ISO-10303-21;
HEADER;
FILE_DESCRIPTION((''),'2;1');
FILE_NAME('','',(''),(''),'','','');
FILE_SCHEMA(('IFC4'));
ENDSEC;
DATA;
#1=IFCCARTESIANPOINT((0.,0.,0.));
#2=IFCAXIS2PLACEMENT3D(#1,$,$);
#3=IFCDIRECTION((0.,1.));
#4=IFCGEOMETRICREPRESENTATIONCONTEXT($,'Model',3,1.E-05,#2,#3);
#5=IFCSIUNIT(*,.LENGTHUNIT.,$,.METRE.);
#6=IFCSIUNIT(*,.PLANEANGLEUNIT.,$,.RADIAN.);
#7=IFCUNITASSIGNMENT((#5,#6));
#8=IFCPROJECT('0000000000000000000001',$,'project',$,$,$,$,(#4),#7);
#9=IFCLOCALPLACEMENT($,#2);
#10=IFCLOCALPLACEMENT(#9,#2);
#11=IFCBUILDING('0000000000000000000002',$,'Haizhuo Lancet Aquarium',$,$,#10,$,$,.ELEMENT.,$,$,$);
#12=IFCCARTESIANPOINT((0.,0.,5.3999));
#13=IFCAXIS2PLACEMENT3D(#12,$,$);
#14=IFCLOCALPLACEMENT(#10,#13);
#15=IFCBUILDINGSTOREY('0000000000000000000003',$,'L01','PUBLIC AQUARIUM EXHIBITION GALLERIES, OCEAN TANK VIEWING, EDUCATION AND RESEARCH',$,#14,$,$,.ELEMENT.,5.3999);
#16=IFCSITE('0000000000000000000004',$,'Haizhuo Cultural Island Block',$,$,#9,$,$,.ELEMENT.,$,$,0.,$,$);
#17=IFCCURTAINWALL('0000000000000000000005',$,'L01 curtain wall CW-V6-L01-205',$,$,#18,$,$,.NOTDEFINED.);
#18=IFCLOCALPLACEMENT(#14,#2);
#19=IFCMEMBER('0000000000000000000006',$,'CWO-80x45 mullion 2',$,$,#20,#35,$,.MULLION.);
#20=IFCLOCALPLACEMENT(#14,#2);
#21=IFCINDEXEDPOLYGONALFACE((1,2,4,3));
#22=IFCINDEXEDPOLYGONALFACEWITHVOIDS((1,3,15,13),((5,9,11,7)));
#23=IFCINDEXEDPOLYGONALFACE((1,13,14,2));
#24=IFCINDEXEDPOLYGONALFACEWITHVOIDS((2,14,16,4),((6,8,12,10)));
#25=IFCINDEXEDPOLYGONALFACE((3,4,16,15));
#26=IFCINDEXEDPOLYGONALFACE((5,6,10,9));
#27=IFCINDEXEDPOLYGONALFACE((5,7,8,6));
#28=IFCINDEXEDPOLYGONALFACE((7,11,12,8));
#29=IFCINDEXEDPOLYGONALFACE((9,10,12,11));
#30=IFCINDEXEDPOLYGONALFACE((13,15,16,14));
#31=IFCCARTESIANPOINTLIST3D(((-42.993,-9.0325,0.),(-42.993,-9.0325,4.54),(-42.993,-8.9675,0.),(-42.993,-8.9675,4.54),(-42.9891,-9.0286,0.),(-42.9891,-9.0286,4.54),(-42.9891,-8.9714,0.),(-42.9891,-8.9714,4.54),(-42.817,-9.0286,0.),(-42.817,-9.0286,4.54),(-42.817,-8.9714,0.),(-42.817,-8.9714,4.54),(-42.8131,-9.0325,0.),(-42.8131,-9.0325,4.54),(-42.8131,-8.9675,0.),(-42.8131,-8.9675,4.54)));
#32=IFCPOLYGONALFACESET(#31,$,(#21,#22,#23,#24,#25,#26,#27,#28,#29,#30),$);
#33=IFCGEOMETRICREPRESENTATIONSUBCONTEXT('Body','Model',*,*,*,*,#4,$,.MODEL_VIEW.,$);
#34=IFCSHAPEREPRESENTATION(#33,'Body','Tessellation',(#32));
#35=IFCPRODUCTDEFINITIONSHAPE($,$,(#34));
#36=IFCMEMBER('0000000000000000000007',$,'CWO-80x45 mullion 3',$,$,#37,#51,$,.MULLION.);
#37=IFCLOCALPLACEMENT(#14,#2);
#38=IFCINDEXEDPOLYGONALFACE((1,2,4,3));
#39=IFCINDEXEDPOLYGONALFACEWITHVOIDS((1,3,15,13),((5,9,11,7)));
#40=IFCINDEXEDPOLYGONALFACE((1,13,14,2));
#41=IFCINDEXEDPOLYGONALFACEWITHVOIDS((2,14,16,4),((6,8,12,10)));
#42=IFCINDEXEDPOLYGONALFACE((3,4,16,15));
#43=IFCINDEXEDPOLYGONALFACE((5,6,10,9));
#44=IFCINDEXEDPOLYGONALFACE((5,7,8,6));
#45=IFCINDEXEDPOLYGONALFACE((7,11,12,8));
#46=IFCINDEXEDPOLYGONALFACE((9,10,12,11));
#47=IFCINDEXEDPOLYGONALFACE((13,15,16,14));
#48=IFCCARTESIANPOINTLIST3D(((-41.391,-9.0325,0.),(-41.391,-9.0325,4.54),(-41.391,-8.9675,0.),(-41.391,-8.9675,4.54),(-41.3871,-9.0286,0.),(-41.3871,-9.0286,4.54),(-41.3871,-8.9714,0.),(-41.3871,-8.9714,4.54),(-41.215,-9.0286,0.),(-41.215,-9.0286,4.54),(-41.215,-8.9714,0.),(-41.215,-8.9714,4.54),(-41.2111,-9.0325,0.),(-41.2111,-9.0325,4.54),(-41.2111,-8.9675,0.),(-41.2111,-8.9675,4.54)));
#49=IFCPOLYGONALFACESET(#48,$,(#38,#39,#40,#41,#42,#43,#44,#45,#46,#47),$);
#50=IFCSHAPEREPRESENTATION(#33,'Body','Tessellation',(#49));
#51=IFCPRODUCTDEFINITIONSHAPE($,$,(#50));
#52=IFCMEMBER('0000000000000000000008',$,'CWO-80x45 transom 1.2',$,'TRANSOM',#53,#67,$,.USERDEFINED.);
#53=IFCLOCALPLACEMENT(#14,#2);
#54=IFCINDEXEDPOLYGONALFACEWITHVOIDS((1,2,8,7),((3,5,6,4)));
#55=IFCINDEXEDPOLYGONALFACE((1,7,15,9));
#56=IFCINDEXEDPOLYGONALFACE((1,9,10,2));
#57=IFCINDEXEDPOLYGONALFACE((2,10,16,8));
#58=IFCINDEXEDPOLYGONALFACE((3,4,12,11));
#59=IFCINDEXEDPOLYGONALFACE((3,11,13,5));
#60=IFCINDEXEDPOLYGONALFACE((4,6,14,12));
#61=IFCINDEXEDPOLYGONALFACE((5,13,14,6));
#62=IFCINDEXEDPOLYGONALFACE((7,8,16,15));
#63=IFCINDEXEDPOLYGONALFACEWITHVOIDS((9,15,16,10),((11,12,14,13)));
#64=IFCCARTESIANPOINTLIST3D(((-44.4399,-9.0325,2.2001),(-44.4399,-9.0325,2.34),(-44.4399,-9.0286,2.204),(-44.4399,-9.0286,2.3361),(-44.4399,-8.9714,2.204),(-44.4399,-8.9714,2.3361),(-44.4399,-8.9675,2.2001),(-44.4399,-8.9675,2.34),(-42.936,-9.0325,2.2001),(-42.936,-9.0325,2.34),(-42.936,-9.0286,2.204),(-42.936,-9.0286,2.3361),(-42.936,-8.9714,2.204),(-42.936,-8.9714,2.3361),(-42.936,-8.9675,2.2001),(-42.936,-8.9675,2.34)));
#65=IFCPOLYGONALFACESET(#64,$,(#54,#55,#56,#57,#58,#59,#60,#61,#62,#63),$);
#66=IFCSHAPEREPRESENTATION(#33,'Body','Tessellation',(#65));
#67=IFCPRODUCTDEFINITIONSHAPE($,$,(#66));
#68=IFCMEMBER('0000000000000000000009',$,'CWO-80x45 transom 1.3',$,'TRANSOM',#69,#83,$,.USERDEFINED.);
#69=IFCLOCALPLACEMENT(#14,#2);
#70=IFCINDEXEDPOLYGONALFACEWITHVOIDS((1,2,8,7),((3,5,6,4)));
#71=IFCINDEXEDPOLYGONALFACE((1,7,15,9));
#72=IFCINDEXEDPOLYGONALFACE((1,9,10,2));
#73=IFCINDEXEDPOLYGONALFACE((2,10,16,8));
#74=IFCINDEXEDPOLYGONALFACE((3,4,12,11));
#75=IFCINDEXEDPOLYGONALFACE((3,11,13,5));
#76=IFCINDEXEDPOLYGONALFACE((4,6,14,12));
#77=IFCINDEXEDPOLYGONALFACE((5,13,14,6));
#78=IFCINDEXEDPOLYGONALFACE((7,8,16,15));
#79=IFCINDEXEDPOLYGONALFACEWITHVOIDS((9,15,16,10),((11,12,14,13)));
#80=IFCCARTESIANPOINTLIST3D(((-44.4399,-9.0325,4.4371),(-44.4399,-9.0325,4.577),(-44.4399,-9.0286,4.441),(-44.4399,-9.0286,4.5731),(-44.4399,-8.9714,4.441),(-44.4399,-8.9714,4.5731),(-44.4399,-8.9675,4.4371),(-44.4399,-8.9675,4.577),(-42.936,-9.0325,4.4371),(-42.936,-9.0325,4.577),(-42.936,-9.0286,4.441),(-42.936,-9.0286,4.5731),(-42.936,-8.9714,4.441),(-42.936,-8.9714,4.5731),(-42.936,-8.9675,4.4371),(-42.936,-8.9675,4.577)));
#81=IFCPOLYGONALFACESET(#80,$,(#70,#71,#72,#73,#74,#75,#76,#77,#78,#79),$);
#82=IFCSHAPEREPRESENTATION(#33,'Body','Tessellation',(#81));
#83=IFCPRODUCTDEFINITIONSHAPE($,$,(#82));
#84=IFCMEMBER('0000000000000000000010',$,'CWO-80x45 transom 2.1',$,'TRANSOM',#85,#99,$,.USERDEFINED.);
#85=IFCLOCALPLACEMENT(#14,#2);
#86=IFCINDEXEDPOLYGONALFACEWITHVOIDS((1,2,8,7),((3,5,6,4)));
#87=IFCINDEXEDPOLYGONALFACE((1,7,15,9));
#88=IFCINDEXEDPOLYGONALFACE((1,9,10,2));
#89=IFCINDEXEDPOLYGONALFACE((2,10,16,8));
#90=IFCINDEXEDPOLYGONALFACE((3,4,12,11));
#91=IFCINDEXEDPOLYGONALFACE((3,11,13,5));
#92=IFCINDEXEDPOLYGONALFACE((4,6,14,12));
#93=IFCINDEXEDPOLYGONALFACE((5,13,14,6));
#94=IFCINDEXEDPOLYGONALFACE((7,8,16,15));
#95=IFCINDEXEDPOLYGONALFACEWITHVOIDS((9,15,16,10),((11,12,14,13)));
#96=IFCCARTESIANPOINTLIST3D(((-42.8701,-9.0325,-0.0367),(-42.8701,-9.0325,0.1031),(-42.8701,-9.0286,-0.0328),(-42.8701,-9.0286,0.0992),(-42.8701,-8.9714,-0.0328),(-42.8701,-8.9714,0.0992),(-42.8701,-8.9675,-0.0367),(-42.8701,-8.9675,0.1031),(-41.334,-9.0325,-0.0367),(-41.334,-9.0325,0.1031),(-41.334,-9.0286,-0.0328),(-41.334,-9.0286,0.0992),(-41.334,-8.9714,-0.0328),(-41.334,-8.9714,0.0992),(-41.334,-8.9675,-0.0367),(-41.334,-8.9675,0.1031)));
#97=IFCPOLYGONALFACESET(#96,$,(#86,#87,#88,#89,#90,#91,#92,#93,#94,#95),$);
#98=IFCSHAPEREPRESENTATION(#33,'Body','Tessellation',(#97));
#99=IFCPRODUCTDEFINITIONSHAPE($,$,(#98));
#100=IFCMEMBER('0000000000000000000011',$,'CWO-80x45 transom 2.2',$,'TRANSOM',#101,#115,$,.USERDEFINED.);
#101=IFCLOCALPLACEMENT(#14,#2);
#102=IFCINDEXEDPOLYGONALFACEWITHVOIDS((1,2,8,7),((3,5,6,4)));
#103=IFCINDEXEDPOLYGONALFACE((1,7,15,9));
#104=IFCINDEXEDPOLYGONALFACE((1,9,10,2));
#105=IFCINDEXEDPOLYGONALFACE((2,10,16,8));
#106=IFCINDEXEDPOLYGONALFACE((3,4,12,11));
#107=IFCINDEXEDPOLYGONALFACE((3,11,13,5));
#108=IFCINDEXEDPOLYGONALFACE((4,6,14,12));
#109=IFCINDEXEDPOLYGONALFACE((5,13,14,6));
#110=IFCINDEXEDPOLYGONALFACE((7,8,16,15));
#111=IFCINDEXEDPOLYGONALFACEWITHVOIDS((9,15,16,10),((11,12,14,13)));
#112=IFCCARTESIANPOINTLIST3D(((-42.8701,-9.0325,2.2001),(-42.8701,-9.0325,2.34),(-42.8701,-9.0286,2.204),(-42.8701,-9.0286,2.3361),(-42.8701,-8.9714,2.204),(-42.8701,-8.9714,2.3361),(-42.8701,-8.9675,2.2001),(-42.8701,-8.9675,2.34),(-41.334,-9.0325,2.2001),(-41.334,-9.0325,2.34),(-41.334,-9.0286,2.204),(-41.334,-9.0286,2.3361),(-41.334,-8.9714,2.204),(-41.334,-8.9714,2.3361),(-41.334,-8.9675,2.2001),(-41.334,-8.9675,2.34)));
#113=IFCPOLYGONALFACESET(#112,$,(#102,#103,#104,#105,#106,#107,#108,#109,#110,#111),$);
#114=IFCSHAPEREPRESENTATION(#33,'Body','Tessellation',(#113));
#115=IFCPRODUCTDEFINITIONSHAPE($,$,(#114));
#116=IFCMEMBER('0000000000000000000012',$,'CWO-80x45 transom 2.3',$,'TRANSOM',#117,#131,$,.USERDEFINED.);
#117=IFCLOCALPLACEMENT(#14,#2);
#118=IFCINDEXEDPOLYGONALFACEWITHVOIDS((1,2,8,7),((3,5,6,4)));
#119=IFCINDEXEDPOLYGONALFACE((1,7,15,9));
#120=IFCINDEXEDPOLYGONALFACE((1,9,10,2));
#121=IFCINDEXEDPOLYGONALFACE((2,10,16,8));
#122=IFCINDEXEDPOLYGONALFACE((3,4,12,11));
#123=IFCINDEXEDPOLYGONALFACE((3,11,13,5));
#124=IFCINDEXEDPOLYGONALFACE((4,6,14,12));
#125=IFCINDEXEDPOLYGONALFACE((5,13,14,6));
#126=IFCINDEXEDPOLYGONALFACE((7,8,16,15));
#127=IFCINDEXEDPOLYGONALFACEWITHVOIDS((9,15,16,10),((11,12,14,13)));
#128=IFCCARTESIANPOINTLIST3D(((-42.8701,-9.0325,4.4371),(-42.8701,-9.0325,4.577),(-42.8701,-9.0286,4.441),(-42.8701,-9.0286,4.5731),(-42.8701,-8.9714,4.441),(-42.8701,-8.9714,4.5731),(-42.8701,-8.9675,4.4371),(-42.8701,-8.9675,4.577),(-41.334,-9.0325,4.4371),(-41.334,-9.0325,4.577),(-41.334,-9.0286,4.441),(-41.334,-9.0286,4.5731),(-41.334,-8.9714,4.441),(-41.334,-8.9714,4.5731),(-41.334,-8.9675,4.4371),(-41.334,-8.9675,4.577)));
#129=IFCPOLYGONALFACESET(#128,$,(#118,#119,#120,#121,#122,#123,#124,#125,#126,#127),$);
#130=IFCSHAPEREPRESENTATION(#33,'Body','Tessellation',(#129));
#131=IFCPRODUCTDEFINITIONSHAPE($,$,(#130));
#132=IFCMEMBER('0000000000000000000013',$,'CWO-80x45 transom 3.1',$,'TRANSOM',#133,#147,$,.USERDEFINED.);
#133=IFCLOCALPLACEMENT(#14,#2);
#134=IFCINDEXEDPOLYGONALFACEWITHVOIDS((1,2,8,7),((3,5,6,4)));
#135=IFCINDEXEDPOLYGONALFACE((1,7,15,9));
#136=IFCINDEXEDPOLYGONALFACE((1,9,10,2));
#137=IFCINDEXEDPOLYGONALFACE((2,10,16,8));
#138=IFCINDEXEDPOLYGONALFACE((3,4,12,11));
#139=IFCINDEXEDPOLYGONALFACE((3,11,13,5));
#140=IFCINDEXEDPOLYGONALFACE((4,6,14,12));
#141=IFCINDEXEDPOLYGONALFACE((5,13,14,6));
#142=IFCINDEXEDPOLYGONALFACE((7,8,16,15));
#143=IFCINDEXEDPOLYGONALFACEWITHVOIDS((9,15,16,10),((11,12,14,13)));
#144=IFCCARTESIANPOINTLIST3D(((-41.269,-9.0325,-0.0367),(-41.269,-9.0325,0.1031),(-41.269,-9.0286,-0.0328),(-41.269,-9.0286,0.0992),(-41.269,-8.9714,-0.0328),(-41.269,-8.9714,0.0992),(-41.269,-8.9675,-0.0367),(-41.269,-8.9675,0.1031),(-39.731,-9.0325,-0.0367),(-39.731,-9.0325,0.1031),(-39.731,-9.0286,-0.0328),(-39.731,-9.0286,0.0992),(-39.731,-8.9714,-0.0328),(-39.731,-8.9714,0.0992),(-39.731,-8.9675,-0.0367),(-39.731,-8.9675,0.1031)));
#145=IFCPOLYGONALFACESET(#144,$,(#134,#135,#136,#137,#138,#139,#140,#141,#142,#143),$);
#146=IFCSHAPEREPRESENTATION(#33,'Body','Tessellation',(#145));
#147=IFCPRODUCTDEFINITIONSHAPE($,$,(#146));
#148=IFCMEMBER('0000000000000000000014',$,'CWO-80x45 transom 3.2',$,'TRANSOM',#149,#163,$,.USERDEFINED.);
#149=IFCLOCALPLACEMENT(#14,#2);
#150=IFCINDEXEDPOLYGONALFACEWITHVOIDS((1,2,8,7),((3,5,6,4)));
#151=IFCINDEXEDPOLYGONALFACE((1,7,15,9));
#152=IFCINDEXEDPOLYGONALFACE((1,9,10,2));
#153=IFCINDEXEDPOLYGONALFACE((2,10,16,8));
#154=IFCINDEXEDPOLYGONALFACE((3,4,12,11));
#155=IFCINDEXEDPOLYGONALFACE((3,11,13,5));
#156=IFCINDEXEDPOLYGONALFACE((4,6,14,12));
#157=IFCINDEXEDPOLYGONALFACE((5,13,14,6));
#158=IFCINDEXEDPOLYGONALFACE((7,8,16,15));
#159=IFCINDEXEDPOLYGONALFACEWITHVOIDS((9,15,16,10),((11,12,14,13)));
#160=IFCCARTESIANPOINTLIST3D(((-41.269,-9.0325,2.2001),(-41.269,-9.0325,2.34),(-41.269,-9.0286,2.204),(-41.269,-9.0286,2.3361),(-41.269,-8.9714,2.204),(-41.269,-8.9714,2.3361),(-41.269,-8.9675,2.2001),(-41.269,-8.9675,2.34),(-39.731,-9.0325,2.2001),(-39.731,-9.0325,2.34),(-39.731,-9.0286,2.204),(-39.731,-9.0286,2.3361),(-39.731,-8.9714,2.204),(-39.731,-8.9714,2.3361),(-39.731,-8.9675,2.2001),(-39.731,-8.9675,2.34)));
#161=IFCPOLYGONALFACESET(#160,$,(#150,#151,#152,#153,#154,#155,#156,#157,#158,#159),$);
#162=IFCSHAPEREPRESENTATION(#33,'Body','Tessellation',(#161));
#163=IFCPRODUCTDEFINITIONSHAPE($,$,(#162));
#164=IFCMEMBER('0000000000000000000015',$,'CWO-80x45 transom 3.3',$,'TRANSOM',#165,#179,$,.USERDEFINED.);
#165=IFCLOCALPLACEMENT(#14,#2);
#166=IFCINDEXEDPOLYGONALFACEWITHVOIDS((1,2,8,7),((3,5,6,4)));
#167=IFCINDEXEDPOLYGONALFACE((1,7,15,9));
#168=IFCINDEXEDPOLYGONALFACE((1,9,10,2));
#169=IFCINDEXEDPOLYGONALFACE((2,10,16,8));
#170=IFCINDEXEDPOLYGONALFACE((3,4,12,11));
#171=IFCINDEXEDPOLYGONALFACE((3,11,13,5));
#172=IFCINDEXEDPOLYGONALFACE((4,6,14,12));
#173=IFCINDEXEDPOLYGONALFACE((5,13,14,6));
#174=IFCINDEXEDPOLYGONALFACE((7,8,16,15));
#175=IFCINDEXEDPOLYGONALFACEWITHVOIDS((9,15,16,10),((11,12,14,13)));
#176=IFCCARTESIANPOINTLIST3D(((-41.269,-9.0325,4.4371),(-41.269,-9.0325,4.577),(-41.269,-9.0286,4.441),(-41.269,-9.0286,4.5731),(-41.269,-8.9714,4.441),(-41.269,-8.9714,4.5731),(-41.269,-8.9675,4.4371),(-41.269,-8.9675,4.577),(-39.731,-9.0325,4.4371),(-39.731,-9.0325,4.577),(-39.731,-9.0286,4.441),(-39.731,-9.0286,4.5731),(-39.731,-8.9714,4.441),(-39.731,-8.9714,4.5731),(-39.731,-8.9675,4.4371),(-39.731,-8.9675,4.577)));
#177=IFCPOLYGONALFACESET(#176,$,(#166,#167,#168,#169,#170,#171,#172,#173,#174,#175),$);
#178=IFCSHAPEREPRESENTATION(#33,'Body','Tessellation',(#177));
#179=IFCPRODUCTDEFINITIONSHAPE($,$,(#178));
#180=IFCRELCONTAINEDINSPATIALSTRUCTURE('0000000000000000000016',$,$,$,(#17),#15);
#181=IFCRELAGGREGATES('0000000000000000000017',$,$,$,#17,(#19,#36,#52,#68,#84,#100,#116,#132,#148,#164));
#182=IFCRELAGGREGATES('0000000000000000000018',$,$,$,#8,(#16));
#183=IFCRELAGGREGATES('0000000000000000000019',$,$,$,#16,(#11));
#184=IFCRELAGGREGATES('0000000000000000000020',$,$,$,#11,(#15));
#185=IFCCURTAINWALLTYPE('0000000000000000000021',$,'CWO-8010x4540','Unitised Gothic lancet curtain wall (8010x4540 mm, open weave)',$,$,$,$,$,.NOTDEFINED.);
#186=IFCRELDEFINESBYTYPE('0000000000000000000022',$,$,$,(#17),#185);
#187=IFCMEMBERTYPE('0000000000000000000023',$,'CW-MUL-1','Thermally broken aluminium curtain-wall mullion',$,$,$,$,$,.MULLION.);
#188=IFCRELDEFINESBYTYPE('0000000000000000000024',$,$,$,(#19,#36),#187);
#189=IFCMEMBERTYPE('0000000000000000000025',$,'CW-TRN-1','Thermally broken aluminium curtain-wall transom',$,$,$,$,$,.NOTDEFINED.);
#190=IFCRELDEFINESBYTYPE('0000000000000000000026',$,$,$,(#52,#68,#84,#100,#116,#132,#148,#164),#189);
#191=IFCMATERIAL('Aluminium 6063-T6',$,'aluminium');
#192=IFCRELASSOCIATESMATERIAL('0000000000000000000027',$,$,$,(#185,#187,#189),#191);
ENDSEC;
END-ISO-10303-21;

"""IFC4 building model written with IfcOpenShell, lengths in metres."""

from ifc_helpers import new_model, si_unit, direction, frame, origin, origin_2d, place, context, subcontext, project, spatial, hollow_rectangle, extrude, material, material_profile, profile_set, type_object, element, aggregate, save


model = new_model("IFC4")

# Units and contexts
model_context = context("Model", 3, precision=1e-05, world=origin(), true_north=direction((0.0, 1.0)))
body_context = subcontext(model_context, "Body", "Model", "MODEL_VIEW")
ifc_project = project(units=[si_unit("LENGTHUNIT", "METRE"), si_unit("PLANEANGLEUNIT", "RADIAN")], contexts=[model_context])

# Site, building, storey
site_placement = place(None, origin())
site = spatial("IfcSite", under=ifc_project, at=site_placement, Name="Haizhuo Cultural Island Block", CompositionType="ELEMENT", RefElevation=0.0)
building_placement = place(site_placement, origin())
building = spatial("IfcBuilding", under=site, at=building_placement, Name="Haizhuo Lancet Aquarium", CompositionType="ELEMENT")
storey_placement = place(building_placement, frame((0.0, 0.0, 5.3999)))
storey = spatial("IfcBuildingStorey", under=building, at=storey_placement, Name="L01", Description="PUBLIC AQUARIUM EXHIBITION GALLERIES, OCEAN TANK VIEWING, EDUCATION AND RESEARCH", CompositionType="ELEMENT", Elevation=5.3999)

# Curtain wall, members
ifc_material_1 = material(Name="Aluminium 6063-T6", Category="aluminium")
curtain_wall_type = type_object("IfcCurtainWallType", Name="CWO-8010x4540", Description="Unitised Gothic lancet curtain wall (8010x4540 mm, open weave)", PredefinedType="NOTDEFINED", material=ifc_material_1)
curtain_wall_placement = place(storey_placement, origin())
curtain_wall = element("IfcCurtainWall", 1, at=curtain_wall_placement, inside=storey, type_object=curtain_wall_type, Name="L01 curtain wall CW-V6-L01-205", PredefinedType="NOTDEFINED")
ifc_material_profile_1 = material_profile(ifc_material_1, hollow_rectangle(XDim=0.0649, YDim=0.1799, WallThickness=0.0039, at=origin_2d()), Name="ALU-M 65x180x4")
ifc_profile_set_1 = profile_set([ifc_material_profile_1], Name="Aluminium 6063-T6")
member_type_1 = type_object("IfcMemberType", Name="CW-MUL-1", Description="Thermally broken aluminium curtain-wall mullion", PredefinedType="MULLION", material=ifc_profile_set_1)
member_1_placement = place(storey_placement, frame((-42.9031, -9.0, 0.0), z_axis=(0.0, 0.0, 1.0), x_axis=(0.0, 1.0, 0.0)))
member_1 = element("IfcMember", 2, at=member_1_placement, type_object=member_type_1, Name="CWO-80x45 mullion 2", PredefinedType="MULLION", context=body_context, shape_type="SweptSolid", body=[
    extrude(hollow_rectangle(XDim=0.0649, YDim=0.1799, WallThickness=0.0039, at=origin_2d()), origin(), (0.0, 0.0, 1.0), 4.54),
])
member_2_placement = place(storey_placement, frame((-41.301, -9.0, 0.0), z_axis=(0.0, 0.0, 1.0), x_axis=(0.0, 1.0, 0.0)))
member_2 = element("IfcMember", 3, at=member_2_placement, type_object=member_type_1, Name="CWO-80x45 mullion 3", PredefinedType="MULLION", context=body_context, shape_type="SweptSolid", body=[
    extrude(hollow_rectangle(XDim=0.0649, YDim=0.1799, WallThickness=0.0039, at=origin_2d()), origin(), (0.0, 0.0, 1.0), 4.54),
])
ifc_material_profile_2 = material_profile(ifc_material_1, hollow_rectangle(XDim=0.0649, YDim=0.1399, WallThickness=0.0039, at=origin_2d()), Name="ALU-T 65x140x4")
ifc_profile_set_2 = profile_set([ifc_material_profile_2], Name="Aluminium 6063-T6")
member_type_2 = type_object("IfcMemberType", Name="CW-TRN-1", Description="Thermally broken aluminium curtain-wall transom", PredefinedType="NOTDEFINED", material=ifc_profile_set_2)
member_3_placement = place(storey_placement, frame((-44.4399, -9.0, 2.27), z_axis=(1.0, 0.0, 0.0), x_axis=(0.0, 1.0, 0.0)))
member_3 = element("IfcMember", 4, at=member_3_placement, type_object=member_type_2, Name="CWO-80x45 transom 1.2", ObjectType="TRANSOM", PredefinedType="USERDEFINED", context=body_context, shape_type="SweptSolid", body=[
    extrude(hollow_rectangle(XDim=0.0649, YDim=0.1399, WallThickness=0.0039, at=origin_2d()), origin(), (0.0, 0.0, 1.0), 1.5039),
])
member_4_placement = place(storey_placement, frame((-44.4399, -9.0, 4.5071), z_axis=(1.0, 0.0, 0.0), x_axis=(0.0, 1.0, 0.0)))
member_4 = element("IfcMember", 5, at=member_4_placement, type_object=member_type_2, Name="CWO-80x45 transom 1.3", ObjectType="TRANSOM", PredefinedType="USERDEFINED", context=body_context, shape_type="SweptSolid", body=[
    extrude(hollow_rectangle(XDim=0.0649, YDim=0.1399, WallThickness=0.0039, at=origin_2d()), origin(), (0.0, 0.0, 1.0), 1.5039),
])
member_5_placement = place(storey_placement, frame((-42.8701, -9.0, 0.0332), z_axis=(1.0, 0.0, 0.0), x_axis=(0.0, 1.0, 0.0)))
member_5 = element("IfcMember", 6, at=member_5_placement, type_object=member_type_2, Name="CWO-80x45 transom 2.1", ObjectType="TRANSOM", PredefinedType="USERDEFINED", context=body_context, shape_type="SweptSolid", body=[
    extrude(hollow_rectangle(XDim=0.0649, YDim=0.1399, WallThickness=0.0039, at=origin_2d()), origin(), (0.0, 0.0, 1.0), 1.5361),
])
member_6_placement = place(storey_placement, frame((-42.8701, -9.0, 2.27), z_axis=(1.0, 0.0, 0.0), x_axis=(0.0, 1.0, 0.0)))
member_6 = element("IfcMember", 7, at=member_6_placement, type_object=member_type_2, Name="CWO-80x45 transom 2.2", ObjectType="TRANSOM", PredefinedType="USERDEFINED", context=body_context, shape_type="SweptSolid", body=[
    extrude(hollow_rectangle(XDim=0.0649, YDim=0.1399, WallThickness=0.0039, at=origin_2d()), origin(), (0.0, 0.0, 1.0), 1.5361),
])
member_7_placement = place(storey_placement, frame((-42.8701, -9.0, 4.5071), z_axis=(1.0, 0.0, 0.0), x_axis=(0.0, 1.0, 0.0)))
member_7 = element("IfcMember", 8, at=member_7_placement, type_object=member_type_2, Name="CWO-80x45 transom 2.3", ObjectType="TRANSOM", PredefinedType="USERDEFINED", context=body_context, shape_type="SweptSolid", body=[
    extrude(hollow_rectangle(XDim=0.0649, YDim=0.1399, WallThickness=0.0039, at=origin_2d()), origin(), (0.0, 0.0, 1.0), 1.5361),
])
member_8_placement = place(storey_placement, frame((-41.269, -9.0, 0.0332), z_axis=(1.0, 0.0, 0.0), x_axis=(0.0, 1.0, 0.0)))
member_8 = element("IfcMember", 9, at=member_8_placement, type_object=member_type_2, Name="CWO-80x45 transom 3.1", ObjectType="TRANSOM", PredefinedType="USERDEFINED", context=body_context, shape_type="SweptSolid", body=[
    extrude(hollow_rectangle(XDim=0.0649, YDim=0.1399, WallThickness=0.0039, at=origin_2d()), origin(), (0.0, 0.0, 1.0), 1.5381),
])
member_9_placement = place(storey_placement, frame((-41.269, -9.0, 2.27), z_axis=(1.0, 0.0, 0.0), x_axis=(0.0, 1.0, 0.0)))
member_9 = element("IfcMember", 10, at=member_9_placement, type_object=member_type_2, Name="CWO-80x45 transom 3.2", ObjectType="TRANSOM", PredefinedType="USERDEFINED", context=body_context, shape_type="SweptSolid", body=[
    extrude(hollow_rectangle(XDim=0.0649, YDim=0.1399, WallThickness=0.0039, at=origin_2d()), origin(), (0.0, 0.0, 1.0), 1.5381),
])
member_10_placement = place(storey_placement, frame((-41.269, -9.0, 4.5071), z_axis=(1.0, 0.0, 0.0), x_axis=(0.0, 1.0, 0.0)))
member_10 = element("IfcMember", 11, at=member_10_placement, type_object=member_type_2, Name="CWO-80x45 transom 3.3", ObjectType="TRANSOM", PredefinedType="USERDEFINED", context=body_context, shape_type="SweptSolid", body=[
    extrude(hollow_rectangle(XDim=0.0649, YDim=0.1399, WallThickness=0.0039, at=origin_2d()), origin(), (0.0, 0.0, 1.0), 1.5381),
])

aggregate(curtain_wall, [member_1, member_2, member_3, member_4, member_5, member_6, member_7, member_8, member_9, member_10])

save(model, "model.ifc")
